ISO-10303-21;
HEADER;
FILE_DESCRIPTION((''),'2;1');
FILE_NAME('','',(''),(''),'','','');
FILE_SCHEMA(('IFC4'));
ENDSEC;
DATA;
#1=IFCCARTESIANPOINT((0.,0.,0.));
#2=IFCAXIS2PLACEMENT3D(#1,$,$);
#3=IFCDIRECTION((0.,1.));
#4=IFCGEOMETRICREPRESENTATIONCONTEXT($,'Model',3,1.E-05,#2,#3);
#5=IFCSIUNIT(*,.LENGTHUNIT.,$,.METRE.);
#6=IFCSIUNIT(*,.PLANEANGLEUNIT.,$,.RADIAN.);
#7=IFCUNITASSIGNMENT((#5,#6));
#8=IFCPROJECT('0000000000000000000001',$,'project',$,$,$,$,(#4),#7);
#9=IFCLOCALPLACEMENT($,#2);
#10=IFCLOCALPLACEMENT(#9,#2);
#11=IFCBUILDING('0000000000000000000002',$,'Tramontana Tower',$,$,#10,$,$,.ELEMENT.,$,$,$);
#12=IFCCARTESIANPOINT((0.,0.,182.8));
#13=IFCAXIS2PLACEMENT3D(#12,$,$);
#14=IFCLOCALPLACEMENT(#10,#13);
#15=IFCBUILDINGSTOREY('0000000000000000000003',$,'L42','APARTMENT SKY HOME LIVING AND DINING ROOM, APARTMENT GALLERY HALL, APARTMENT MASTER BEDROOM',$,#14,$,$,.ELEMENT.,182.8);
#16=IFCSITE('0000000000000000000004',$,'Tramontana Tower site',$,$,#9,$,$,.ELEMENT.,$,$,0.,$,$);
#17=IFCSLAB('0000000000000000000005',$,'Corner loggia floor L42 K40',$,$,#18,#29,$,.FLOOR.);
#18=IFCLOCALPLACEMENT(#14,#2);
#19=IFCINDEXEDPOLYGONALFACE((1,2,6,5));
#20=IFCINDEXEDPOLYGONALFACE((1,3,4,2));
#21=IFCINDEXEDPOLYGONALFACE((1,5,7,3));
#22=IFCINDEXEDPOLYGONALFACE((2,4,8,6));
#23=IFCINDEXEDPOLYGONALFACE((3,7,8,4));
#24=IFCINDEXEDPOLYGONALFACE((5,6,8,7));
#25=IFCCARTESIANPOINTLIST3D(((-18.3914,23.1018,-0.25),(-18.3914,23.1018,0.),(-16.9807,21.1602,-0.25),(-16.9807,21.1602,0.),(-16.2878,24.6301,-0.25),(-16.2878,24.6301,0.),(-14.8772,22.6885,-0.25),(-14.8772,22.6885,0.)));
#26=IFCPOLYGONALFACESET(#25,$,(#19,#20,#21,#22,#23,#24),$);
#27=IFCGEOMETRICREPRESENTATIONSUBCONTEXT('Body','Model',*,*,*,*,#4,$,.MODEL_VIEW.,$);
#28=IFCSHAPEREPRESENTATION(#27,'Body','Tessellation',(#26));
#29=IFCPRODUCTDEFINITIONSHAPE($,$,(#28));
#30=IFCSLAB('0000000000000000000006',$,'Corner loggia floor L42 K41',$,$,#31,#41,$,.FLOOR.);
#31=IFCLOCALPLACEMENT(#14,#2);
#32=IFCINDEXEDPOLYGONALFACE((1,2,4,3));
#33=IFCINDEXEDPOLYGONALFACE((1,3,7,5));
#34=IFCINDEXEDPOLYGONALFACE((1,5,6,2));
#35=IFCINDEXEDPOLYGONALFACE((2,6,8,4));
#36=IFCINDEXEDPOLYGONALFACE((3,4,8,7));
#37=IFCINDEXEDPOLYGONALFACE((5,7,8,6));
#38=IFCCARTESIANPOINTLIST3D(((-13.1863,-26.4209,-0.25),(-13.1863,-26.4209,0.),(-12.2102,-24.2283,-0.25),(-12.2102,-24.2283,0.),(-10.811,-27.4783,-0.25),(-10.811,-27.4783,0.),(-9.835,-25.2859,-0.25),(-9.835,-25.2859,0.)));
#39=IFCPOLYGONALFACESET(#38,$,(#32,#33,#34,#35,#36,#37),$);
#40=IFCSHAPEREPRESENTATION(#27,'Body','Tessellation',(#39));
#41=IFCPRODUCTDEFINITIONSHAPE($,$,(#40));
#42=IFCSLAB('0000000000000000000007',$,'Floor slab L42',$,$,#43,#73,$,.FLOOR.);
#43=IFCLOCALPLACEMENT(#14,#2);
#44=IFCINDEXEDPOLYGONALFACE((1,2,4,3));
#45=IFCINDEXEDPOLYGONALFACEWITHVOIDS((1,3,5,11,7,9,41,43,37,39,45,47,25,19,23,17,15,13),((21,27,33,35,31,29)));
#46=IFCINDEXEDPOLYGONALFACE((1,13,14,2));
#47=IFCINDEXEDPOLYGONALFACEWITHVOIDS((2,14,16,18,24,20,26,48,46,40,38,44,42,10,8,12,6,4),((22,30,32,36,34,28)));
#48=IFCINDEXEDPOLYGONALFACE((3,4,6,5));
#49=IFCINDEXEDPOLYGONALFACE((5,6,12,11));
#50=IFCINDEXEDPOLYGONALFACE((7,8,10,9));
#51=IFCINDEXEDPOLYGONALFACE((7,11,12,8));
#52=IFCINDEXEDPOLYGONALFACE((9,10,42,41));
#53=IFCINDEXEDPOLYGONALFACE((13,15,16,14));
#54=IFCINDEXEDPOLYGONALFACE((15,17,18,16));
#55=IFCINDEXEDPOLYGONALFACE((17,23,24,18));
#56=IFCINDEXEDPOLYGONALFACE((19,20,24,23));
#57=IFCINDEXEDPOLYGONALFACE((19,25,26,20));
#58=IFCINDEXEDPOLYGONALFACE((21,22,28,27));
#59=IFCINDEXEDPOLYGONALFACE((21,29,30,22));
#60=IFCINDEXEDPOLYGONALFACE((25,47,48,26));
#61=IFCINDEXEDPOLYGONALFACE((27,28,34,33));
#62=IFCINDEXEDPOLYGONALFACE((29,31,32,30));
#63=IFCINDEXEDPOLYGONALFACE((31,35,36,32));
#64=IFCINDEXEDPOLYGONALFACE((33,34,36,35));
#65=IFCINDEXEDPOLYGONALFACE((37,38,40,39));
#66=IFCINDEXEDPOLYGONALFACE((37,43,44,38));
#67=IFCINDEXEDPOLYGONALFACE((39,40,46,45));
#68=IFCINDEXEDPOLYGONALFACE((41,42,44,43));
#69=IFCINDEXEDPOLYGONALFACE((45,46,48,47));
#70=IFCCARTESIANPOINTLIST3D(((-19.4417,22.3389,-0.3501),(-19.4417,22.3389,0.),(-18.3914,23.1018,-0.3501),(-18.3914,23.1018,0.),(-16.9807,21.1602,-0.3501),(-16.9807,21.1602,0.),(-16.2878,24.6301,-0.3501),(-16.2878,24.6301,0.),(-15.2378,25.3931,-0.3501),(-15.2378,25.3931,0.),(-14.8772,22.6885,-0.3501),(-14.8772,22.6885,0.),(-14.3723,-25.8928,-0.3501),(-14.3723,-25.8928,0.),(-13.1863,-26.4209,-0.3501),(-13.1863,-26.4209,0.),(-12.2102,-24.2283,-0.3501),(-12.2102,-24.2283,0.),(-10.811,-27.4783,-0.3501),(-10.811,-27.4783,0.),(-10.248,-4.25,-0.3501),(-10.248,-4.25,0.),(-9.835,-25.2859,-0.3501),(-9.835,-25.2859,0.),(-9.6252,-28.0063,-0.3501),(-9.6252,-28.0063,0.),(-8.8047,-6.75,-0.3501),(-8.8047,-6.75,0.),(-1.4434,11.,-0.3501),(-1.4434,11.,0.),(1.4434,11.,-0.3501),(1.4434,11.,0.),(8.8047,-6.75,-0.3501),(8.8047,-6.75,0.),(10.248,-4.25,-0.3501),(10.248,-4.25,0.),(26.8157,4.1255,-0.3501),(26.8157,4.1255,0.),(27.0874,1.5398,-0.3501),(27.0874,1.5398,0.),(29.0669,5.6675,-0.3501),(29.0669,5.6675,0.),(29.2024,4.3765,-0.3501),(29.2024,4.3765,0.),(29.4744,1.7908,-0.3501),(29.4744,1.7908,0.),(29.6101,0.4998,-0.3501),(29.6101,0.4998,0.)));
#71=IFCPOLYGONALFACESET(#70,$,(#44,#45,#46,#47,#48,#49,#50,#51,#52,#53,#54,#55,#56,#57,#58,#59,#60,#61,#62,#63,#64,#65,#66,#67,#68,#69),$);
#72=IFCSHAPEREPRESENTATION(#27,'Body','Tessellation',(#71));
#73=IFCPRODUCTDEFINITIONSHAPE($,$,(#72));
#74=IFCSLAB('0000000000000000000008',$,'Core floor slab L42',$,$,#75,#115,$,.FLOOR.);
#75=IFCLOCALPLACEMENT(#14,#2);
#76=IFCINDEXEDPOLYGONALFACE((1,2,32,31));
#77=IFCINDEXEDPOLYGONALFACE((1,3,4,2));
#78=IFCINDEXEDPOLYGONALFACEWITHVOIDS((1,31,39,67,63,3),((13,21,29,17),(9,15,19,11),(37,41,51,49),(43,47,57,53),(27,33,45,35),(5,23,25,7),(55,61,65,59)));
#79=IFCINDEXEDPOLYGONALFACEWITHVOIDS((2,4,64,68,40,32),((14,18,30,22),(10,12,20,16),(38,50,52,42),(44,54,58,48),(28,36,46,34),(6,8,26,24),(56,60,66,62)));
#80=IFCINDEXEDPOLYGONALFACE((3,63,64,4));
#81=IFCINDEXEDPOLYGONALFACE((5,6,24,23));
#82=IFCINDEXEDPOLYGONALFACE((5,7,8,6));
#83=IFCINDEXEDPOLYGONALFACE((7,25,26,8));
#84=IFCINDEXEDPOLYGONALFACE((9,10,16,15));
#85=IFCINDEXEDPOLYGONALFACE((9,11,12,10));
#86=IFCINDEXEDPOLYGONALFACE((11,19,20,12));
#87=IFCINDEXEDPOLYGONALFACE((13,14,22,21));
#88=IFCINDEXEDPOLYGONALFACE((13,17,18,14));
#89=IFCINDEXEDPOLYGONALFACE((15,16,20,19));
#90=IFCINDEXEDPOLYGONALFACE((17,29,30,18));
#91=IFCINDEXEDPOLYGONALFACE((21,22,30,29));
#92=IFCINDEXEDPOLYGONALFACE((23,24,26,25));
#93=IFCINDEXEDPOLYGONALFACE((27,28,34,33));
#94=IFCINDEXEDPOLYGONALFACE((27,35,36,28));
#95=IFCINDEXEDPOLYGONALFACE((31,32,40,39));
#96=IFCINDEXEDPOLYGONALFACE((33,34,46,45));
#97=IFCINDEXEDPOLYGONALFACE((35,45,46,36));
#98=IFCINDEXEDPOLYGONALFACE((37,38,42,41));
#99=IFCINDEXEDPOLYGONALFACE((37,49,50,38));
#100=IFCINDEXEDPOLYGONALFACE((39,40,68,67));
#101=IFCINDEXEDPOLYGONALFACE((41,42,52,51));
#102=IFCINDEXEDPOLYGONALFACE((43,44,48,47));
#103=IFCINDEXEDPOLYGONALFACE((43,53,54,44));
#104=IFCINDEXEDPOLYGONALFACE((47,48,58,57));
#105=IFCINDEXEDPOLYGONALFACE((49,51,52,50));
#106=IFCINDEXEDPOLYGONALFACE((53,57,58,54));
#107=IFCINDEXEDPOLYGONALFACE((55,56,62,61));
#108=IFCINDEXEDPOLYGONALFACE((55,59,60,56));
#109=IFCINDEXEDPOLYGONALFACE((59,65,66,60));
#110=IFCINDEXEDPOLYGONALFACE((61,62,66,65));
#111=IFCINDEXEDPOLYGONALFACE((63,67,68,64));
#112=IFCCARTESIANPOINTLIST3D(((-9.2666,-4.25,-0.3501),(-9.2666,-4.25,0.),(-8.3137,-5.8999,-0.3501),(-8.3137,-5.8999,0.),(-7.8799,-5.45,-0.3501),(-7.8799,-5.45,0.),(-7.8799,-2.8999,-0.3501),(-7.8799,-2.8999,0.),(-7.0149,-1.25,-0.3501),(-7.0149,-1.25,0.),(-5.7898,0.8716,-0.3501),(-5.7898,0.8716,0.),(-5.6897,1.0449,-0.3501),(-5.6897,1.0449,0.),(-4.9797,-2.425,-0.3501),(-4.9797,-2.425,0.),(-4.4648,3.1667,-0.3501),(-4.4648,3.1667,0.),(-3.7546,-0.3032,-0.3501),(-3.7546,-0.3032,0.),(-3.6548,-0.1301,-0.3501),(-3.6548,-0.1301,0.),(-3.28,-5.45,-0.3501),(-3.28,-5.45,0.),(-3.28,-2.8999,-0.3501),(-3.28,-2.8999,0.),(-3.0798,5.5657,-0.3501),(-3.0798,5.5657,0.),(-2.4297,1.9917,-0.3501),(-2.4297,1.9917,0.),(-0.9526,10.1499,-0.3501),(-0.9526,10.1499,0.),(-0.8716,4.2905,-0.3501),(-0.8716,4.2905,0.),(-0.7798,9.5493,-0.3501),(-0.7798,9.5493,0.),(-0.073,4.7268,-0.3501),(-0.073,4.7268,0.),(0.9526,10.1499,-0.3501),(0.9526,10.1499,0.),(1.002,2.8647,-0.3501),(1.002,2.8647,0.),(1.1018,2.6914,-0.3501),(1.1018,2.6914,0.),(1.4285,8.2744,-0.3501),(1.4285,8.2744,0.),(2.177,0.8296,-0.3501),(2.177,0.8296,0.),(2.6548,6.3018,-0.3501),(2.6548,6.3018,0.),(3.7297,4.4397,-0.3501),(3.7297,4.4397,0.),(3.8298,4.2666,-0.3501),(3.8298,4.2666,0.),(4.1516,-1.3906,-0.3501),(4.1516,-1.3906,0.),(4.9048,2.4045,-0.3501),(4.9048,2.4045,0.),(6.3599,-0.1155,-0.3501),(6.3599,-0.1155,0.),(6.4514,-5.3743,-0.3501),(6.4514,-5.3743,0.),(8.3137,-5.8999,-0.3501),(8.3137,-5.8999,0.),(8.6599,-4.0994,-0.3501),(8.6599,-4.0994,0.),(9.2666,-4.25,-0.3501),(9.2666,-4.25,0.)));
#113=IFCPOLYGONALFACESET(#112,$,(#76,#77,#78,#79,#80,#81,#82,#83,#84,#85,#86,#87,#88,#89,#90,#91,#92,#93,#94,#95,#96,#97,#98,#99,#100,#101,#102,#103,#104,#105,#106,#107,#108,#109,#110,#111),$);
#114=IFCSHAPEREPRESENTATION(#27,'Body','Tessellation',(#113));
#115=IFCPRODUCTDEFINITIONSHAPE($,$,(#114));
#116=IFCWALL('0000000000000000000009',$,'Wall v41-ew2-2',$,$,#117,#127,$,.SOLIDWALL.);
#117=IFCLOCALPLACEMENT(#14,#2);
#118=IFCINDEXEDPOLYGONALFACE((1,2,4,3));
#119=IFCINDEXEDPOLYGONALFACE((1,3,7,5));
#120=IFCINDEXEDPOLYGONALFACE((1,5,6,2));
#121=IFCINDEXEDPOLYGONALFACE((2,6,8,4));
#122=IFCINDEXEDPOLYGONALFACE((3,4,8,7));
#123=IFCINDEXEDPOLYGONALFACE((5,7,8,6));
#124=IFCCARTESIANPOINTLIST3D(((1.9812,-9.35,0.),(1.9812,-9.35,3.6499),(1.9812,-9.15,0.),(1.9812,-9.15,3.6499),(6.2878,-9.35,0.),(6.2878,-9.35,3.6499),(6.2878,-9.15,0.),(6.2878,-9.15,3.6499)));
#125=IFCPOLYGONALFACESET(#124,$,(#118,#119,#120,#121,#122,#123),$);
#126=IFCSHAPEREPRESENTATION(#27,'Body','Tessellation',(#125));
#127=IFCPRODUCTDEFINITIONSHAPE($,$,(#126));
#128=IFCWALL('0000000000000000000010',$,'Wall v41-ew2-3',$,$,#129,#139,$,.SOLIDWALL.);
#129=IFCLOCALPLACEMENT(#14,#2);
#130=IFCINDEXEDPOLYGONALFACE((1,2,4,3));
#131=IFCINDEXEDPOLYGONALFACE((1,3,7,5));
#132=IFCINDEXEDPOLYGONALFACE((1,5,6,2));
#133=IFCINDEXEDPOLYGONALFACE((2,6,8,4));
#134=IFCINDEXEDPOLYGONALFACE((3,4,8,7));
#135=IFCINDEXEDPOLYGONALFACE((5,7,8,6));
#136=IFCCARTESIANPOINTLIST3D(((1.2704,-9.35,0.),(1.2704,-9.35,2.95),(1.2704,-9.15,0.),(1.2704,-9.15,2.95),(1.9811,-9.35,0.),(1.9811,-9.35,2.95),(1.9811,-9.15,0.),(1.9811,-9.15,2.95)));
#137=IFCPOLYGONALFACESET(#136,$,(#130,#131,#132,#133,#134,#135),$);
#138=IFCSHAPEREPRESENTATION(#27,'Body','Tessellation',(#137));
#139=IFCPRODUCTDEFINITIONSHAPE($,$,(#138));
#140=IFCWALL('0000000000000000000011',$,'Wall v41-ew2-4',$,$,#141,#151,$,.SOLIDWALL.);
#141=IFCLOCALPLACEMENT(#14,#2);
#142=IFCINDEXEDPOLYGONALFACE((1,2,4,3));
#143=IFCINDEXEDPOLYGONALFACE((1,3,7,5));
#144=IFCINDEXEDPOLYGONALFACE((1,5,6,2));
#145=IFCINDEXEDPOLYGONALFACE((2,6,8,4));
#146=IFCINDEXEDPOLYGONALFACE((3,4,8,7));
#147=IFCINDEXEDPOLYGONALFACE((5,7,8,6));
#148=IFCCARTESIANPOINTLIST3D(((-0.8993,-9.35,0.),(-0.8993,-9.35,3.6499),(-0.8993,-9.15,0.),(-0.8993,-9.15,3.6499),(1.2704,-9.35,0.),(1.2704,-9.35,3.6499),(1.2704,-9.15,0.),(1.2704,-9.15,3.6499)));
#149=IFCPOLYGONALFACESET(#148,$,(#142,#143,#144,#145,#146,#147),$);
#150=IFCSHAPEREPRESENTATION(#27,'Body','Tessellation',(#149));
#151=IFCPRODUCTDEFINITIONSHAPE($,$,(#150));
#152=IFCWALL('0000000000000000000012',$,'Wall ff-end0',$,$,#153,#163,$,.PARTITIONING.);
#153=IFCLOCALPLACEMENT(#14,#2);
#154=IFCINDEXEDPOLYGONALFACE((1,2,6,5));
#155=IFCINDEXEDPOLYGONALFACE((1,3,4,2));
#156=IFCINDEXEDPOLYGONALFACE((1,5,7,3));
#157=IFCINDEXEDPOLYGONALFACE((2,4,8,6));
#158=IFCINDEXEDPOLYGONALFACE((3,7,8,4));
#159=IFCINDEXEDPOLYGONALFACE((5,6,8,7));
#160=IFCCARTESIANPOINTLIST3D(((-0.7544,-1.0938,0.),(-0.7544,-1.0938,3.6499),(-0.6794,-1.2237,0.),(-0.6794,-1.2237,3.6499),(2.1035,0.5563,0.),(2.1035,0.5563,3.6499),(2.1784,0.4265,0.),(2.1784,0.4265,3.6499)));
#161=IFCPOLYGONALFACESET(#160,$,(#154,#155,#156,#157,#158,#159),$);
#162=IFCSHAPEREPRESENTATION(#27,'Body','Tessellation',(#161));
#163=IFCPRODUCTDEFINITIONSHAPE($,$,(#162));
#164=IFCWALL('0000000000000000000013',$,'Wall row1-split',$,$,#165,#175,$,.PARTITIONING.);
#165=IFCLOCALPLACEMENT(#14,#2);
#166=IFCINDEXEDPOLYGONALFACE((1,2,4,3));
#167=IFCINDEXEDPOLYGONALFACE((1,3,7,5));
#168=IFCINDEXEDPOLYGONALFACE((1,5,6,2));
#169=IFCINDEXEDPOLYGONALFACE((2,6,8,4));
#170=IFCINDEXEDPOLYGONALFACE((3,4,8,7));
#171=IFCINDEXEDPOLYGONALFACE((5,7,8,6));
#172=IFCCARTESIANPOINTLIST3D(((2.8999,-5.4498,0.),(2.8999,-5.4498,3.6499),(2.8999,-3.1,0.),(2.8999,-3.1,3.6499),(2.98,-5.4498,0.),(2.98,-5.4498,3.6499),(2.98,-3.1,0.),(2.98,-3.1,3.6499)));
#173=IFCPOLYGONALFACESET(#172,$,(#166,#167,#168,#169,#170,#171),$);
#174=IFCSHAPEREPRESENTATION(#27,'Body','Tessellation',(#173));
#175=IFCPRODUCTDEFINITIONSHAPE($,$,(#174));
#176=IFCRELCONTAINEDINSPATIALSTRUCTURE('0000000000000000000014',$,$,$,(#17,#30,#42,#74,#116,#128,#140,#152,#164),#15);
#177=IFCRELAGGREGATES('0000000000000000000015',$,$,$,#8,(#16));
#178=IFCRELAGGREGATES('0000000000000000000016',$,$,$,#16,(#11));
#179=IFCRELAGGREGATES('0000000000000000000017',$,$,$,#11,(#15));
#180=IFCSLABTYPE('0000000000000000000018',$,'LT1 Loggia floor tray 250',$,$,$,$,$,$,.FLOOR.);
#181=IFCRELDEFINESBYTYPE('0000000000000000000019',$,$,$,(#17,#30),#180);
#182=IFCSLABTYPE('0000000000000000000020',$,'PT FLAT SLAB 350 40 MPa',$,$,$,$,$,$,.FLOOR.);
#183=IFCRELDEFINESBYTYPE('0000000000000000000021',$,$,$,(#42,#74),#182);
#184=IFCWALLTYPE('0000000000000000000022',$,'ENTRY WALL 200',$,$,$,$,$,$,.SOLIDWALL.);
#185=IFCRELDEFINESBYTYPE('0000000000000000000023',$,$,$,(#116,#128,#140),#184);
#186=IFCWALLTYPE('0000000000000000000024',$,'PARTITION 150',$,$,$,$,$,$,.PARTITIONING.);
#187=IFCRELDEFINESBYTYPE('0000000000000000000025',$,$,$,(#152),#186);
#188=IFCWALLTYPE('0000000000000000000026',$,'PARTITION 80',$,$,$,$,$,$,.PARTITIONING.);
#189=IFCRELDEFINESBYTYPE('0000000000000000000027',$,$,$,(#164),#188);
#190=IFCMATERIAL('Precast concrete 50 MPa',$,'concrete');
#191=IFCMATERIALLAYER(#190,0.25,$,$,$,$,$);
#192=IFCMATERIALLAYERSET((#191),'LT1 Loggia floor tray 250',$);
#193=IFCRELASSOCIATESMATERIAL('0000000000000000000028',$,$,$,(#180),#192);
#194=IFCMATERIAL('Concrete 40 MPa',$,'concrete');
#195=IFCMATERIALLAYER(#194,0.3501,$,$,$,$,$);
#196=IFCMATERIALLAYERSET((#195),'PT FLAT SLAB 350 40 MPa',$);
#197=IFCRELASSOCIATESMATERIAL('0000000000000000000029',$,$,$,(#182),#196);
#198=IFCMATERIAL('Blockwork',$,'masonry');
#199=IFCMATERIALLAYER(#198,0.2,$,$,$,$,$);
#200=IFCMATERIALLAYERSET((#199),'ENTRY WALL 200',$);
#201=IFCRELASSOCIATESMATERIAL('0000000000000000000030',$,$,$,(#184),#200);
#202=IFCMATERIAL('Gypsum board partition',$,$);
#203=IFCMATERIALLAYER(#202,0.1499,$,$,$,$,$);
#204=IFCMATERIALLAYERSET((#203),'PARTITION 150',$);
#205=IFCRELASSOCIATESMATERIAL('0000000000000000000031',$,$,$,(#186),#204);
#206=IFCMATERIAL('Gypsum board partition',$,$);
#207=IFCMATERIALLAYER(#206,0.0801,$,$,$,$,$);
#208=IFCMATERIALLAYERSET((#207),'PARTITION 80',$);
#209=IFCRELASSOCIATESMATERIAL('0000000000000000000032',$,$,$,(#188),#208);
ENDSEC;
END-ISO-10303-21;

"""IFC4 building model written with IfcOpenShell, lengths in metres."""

from ifc_helpers import new_model, si_unit, direction, frame, frame_2d, origin, place, context, subcontext, project, spatial, polyline, rectangle, outline, extrude, material, layer, layer_set, type_object, element, save


model = new_model("IFC4")

# Units and contexts
model_context = context("Model", 3, precision=1e-05, world=origin(), true_north=direction((0.0, 1.0)))
body_context = subcontext(model_context, "Body", "Model", "MODEL_VIEW")
ifc_project = project(units=[si_unit("LENGTHUNIT", "METRE"), si_unit("PLANEANGLEUNIT", "RADIAN")], contexts=[model_context])

# Site, building, storey
site_placement = place(None, origin())
site = spatial("IfcSite", under=ifc_project, at=site_placement, Name="Tramontana Tower site", CompositionType="ELEMENT", RefElevation=0.0)
building_placement = place(site_placement, origin())
building = spatial("IfcBuilding", under=site, at=building_placement, Name="Tramontana Tower", CompositionType="ELEMENT")
storey_placement = place(building_placement, frame((0.0, 0.0, 182.8)))
storey = spatial("IfcBuildingStorey", under=building, at=storey_placement, Name="L42", Description="APARTMENT SKY HOME LIVING AND DINING ROOM, APARTMENT GALLERY HALL, APARTMENT MASTER BEDROOM", CompositionType="ELEMENT", Elevation=182.8)

# Slabs
ifc_material_1 = material(Name="Precast concrete 50 MPa", Category="concrete")
ifc_layer_1 = layer(ifc_material_1, 0.25)
ifc_layer_set_1 = layer_set([ifc_layer_1], Name="LT1 Loggia floor tray 250")
slab_type_1 = type_object("IfcSlabType", Name="LT1 Loggia floor tray 250", PredefinedType="FLOOR", material=ifc_layer_set_1)
slab_1_placement = place(storey_placement, frame((0.0, 0.0, -0.25)))
element("IfcSlab", 1, at=slab_1_placement, inside=storey, type_object=slab_type_1, Name="Corner loggia floor L42 K40", PredefinedType="FLOOR", context=body_context, shape_type="SweptSolid", body=[
    extrude(outline(polyline([(-16.2878, 24.6301), (-14.8772, 22.6885), (-16.9807, 21.1602), (-18.3914, 23.1018), (-16.2878, 24.6301)])), origin(), (0.0, 0.0, 1.0), 0.25),
])
slab_2_placement = place(storey_placement, frame((0.0, 0.0, -0.25)))
element("IfcSlab", 2, at=slab_2_placement, inside=storey, type_object=slab_type_1, Name="Corner loggia floor L42 K41", PredefinedType="FLOOR", context=body_context, shape_type="SweptSolid", body=[
    extrude(outline(polyline([(-13.1863, -26.4209), (-12.2102, -24.2283), (-9.835, -25.2859), (-10.811, -27.4783), (-13.1863, -26.4209)])), origin(), (0.0, 0.0, 1.0), 0.25),
])
ifc_material_2 = material(Name="Concrete 40 MPa", Category="concrete")
ifc_layer_2 = layer(ifc_material_2, 0.3501)
ifc_layer_set_2 = layer_set([ifc_layer_2], Name="PT FLAT SLAB 350 40 MPa")
slab_type_2 = type_object("IfcSlabType", Name="PT FLAT SLAB 350 40 MPa", PredefinedType="FLOOR", material=ifc_layer_set_2)
slab_3_placement = place(storey_placement, frame((0.0, 0.0, -0.3501)))
element("IfcSlab", 3, at=slab_3_placement, inside=storey, type_object=slab_type_2, Name="Floor slab L42", PredefinedType="FLOOR", context=body_context, shape_type="SweptSolid", body=[
    extrude(outline(polyline([(29.2024, 4.3765), (26.8157, 4.1255), (27.0874, 1.5398), (29.4744, 1.7908), (29.6101, 0.4998), (-9.6252, -28.0063), (-10.811, -27.4783), (-9.835, -25.2859), (-12.2102, -24.2283), (-13.1863, -26.4209), (-14.3723, -25.8928), (-19.4417, 22.3389), (-18.3914, 23.1018), (-16.9807, 21.1602), (-14.8772, 22.6885), (-16.2878, 24.6301), (-15.2378, 25.3931), (29.0669, 5.6675), (29.2024, 4.3765)]), holes=[polyline([(-10.248, -4.25), (-8.8047, -6.75), (8.8047, -6.75), (10.248, -4.25), (1.4434, 11.0), (-1.4434, 11.0), (-10.248, -4.25)])]), origin(), (0.0, 0.0, 1.0), 0.3501),
])
slab_4_placement = place(storey_placement, frame((0.0, 0.0, -0.3501)))
element("IfcSlab", 4, at=slab_4_placement, inside=storey, type_object=slab_type_2, Name="Core floor slab L42", PredefinedType="FLOOR", context=body_context, shape_type="SweptSolid", body=[
    extrude(outline(polyline([(9.2666, -4.25), (8.3137, -5.8999), (-8.3137, -5.8999), (-9.2666, -4.25), (-0.9526, 10.1499), (0.9526, 10.1499), (9.2666, -4.25)]), holes=[polyline([(8.6599, -4.0994), (6.3599, -0.1155), (4.1516, -1.3906), (6.4514, -5.3743), (8.6599, -4.0994)]), polyline([(3.8298, 4.2666), (1.1018, 2.6914), (2.177, 0.8296), (4.9048, 2.4045), (3.8298, 4.2666)]), polyline([(2.6548, 6.3018), (-0.073, 4.7268), (1.002, 2.8647), (3.7297, 4.4397), (2.6548, 6.3018)]), polyline([(-0.7798, 9.5493), (-3.0798, 5.5657), (-0.8716, 4.2905), (1.4285, 8.2744), (-0.7798, 9.5493)]), polyline([(-5.6897, 1.0449), (-3.6548, -0.1301), (-2.4297, 1.9917), (-4.4648, 3.1667), (-5.6897, 1.0449)]), polyline([(-3.28, -5.45), (-3.28, -2.8999), (-7.8799, -2.8999), (-7.8799, -5.45), (-3.28, -5.45)]), polyline([(-7.0149, -1.25), (-4.9797, -2.425), (-3.7546, -0.3032), (-5.7898, 0.8716), (-7.0149, -1.25)])]), origin(), (0.0, 0.0, 1.0), 0.3501),
])

# Walls
ifc_material_3 = material(Name="Blockwork", Category="masonry")
ifc_layer_3 = layer(ifc_material_3, 0.2)
ifc_layer_set_3 = layer_set([ifc_layer_3], Name="ENTRY WALL 200")
wall_type_1 = type_object("IfcWallType", Name="ENTRY WALL 200", PredefinedType="SOLIDWALL", material=ifc_layer_set_3)
wall_1_placement = place(storey_placement, frame((6.2878, -9.25, 0.0), z_axis=(0.0, 0.0, 1.0), x_axis=(-1.0, 0.0, 0.0)))
element("IfcWall", 5, at=wall_1_placement, inside=storey, type_object=wall_type_1, Name="Wall v41-ew2-2", PredefinedType="SOLIDWALL", context=body_context, shape_type="SweptSolid", body=[
    extrude(rectangle(XDim=4.3066, YDim=0.2, at=frame_2d((2.1533, 0.0))), origin(), (0.0, 0.0, 1.0), 3.6499),
])
wall_2_placement = place(storey_placement, frame((1.9812, -9.25, 0.0), z_axis=(0.0, 0.0, 1.0), x_axis=(-1.0, 0.0, 0.0)))
element("IfcWall", 6, at=wall_2_placement, inside=storey, type_object=wall_type_1, Name="Wall v41-ew2-3", PredefinedType="SOLIDWALL", context=body_context, shape_type="SweptSolid", body=[
    extrude(rectangle(XDim=0.7107, YDim=0.2, at=frame_2d((0.3555, 0.0))), origin(), (0.0, 0.0, 1.0), 2.95),
])
wall_3_placement = place(storey_placement, frame((1.2705, -9.25, 0.0), z_axis=(0.0, 0.0, 1.0), x_axis=(-1.0, 0.0, 0.0)))
element("IfcWall", 7, at=wall_3_placement, inside=storey, type_object=wall_type_1, Name="Wall v41-ew2-4", PredefinedType="SOLIDWALL", context=body_context, shape_type="SweptSolid", body=[
    extrude(rectangle(XDim=2.1697, YDim=0.2, at=frame_2d((1.085, 0.0))), origin(), (0.0, 0.0, 1.0), 3.6499),
])

# Shared definitions
ifc_material_4 = material(Name="Gypsum board partition")
ifc_layer_4 = layer(ifc_material_4, 0.1499)
ifc_layer_set_4 = layer_set([ifc_layer_4], Name="PARTITION 150")
wall_type_2 = type_object("IfcWallType", Name="PARTITION 150", PredefinedType="PARTITIONING", material=ifc_layer_set_4)

# Walls
wall_4_placement = place(storey_placement, frame((-0.7168, -1.1587, 0.0), z_axis=(0.0, 0.0, 1.0), x_axis=(0.866008, 0.50003, 0.0)))
element("IfcWall", 8, at=wall_4_placement, inside=storey, type_object=wall_type_2, Name="Wall ff-end0", PredefinedType="PARTITIONING", context=body_context, shape_type="SweptSolid", body=[
    extrude(rectangle(XDim=3.3, YDim=0.1499, at=frame_2d((1.6499, 0.0))), origin(), (0.0, 0.0, 1.0), 3.6499),
])
ifc_material_5 = material(Name="Gypsum board partition")
ifc_layer_5 = layer(ifc_material_5, 0.0801)
ifc_layer_set_5 = layer_set([ifc_layer_5], Name="PARTITION 80")
wall_type_3 = type_object("IfcWallType", Name="PARTITION 80", PredefinedType="PARTITIONING", material=ifc_layer_set_5)
wall_5_placement = place(storey_placement, frame((2.9399, -3.1001, 0.0), z_axis=(0.0, 0.0, 1.0), x_axis=(0.0, -1.0, 0.0)))
element("IfcWall", 9, at=wall_5_placement, inside=storey, type_object=wall_type_3, Name="Wall row1-split", PredefinedType="PARTITIONING", context=body_context, shape_type="SweptSolid", body=[
    extrude(rectangle(XDim=2.3499, YDim=0.0801, at=frame_2d((1.1748, 0.0))), origin(), (0.0, 0.0, 1.0), 3.6499),
])

save(model, "model.ifc")
